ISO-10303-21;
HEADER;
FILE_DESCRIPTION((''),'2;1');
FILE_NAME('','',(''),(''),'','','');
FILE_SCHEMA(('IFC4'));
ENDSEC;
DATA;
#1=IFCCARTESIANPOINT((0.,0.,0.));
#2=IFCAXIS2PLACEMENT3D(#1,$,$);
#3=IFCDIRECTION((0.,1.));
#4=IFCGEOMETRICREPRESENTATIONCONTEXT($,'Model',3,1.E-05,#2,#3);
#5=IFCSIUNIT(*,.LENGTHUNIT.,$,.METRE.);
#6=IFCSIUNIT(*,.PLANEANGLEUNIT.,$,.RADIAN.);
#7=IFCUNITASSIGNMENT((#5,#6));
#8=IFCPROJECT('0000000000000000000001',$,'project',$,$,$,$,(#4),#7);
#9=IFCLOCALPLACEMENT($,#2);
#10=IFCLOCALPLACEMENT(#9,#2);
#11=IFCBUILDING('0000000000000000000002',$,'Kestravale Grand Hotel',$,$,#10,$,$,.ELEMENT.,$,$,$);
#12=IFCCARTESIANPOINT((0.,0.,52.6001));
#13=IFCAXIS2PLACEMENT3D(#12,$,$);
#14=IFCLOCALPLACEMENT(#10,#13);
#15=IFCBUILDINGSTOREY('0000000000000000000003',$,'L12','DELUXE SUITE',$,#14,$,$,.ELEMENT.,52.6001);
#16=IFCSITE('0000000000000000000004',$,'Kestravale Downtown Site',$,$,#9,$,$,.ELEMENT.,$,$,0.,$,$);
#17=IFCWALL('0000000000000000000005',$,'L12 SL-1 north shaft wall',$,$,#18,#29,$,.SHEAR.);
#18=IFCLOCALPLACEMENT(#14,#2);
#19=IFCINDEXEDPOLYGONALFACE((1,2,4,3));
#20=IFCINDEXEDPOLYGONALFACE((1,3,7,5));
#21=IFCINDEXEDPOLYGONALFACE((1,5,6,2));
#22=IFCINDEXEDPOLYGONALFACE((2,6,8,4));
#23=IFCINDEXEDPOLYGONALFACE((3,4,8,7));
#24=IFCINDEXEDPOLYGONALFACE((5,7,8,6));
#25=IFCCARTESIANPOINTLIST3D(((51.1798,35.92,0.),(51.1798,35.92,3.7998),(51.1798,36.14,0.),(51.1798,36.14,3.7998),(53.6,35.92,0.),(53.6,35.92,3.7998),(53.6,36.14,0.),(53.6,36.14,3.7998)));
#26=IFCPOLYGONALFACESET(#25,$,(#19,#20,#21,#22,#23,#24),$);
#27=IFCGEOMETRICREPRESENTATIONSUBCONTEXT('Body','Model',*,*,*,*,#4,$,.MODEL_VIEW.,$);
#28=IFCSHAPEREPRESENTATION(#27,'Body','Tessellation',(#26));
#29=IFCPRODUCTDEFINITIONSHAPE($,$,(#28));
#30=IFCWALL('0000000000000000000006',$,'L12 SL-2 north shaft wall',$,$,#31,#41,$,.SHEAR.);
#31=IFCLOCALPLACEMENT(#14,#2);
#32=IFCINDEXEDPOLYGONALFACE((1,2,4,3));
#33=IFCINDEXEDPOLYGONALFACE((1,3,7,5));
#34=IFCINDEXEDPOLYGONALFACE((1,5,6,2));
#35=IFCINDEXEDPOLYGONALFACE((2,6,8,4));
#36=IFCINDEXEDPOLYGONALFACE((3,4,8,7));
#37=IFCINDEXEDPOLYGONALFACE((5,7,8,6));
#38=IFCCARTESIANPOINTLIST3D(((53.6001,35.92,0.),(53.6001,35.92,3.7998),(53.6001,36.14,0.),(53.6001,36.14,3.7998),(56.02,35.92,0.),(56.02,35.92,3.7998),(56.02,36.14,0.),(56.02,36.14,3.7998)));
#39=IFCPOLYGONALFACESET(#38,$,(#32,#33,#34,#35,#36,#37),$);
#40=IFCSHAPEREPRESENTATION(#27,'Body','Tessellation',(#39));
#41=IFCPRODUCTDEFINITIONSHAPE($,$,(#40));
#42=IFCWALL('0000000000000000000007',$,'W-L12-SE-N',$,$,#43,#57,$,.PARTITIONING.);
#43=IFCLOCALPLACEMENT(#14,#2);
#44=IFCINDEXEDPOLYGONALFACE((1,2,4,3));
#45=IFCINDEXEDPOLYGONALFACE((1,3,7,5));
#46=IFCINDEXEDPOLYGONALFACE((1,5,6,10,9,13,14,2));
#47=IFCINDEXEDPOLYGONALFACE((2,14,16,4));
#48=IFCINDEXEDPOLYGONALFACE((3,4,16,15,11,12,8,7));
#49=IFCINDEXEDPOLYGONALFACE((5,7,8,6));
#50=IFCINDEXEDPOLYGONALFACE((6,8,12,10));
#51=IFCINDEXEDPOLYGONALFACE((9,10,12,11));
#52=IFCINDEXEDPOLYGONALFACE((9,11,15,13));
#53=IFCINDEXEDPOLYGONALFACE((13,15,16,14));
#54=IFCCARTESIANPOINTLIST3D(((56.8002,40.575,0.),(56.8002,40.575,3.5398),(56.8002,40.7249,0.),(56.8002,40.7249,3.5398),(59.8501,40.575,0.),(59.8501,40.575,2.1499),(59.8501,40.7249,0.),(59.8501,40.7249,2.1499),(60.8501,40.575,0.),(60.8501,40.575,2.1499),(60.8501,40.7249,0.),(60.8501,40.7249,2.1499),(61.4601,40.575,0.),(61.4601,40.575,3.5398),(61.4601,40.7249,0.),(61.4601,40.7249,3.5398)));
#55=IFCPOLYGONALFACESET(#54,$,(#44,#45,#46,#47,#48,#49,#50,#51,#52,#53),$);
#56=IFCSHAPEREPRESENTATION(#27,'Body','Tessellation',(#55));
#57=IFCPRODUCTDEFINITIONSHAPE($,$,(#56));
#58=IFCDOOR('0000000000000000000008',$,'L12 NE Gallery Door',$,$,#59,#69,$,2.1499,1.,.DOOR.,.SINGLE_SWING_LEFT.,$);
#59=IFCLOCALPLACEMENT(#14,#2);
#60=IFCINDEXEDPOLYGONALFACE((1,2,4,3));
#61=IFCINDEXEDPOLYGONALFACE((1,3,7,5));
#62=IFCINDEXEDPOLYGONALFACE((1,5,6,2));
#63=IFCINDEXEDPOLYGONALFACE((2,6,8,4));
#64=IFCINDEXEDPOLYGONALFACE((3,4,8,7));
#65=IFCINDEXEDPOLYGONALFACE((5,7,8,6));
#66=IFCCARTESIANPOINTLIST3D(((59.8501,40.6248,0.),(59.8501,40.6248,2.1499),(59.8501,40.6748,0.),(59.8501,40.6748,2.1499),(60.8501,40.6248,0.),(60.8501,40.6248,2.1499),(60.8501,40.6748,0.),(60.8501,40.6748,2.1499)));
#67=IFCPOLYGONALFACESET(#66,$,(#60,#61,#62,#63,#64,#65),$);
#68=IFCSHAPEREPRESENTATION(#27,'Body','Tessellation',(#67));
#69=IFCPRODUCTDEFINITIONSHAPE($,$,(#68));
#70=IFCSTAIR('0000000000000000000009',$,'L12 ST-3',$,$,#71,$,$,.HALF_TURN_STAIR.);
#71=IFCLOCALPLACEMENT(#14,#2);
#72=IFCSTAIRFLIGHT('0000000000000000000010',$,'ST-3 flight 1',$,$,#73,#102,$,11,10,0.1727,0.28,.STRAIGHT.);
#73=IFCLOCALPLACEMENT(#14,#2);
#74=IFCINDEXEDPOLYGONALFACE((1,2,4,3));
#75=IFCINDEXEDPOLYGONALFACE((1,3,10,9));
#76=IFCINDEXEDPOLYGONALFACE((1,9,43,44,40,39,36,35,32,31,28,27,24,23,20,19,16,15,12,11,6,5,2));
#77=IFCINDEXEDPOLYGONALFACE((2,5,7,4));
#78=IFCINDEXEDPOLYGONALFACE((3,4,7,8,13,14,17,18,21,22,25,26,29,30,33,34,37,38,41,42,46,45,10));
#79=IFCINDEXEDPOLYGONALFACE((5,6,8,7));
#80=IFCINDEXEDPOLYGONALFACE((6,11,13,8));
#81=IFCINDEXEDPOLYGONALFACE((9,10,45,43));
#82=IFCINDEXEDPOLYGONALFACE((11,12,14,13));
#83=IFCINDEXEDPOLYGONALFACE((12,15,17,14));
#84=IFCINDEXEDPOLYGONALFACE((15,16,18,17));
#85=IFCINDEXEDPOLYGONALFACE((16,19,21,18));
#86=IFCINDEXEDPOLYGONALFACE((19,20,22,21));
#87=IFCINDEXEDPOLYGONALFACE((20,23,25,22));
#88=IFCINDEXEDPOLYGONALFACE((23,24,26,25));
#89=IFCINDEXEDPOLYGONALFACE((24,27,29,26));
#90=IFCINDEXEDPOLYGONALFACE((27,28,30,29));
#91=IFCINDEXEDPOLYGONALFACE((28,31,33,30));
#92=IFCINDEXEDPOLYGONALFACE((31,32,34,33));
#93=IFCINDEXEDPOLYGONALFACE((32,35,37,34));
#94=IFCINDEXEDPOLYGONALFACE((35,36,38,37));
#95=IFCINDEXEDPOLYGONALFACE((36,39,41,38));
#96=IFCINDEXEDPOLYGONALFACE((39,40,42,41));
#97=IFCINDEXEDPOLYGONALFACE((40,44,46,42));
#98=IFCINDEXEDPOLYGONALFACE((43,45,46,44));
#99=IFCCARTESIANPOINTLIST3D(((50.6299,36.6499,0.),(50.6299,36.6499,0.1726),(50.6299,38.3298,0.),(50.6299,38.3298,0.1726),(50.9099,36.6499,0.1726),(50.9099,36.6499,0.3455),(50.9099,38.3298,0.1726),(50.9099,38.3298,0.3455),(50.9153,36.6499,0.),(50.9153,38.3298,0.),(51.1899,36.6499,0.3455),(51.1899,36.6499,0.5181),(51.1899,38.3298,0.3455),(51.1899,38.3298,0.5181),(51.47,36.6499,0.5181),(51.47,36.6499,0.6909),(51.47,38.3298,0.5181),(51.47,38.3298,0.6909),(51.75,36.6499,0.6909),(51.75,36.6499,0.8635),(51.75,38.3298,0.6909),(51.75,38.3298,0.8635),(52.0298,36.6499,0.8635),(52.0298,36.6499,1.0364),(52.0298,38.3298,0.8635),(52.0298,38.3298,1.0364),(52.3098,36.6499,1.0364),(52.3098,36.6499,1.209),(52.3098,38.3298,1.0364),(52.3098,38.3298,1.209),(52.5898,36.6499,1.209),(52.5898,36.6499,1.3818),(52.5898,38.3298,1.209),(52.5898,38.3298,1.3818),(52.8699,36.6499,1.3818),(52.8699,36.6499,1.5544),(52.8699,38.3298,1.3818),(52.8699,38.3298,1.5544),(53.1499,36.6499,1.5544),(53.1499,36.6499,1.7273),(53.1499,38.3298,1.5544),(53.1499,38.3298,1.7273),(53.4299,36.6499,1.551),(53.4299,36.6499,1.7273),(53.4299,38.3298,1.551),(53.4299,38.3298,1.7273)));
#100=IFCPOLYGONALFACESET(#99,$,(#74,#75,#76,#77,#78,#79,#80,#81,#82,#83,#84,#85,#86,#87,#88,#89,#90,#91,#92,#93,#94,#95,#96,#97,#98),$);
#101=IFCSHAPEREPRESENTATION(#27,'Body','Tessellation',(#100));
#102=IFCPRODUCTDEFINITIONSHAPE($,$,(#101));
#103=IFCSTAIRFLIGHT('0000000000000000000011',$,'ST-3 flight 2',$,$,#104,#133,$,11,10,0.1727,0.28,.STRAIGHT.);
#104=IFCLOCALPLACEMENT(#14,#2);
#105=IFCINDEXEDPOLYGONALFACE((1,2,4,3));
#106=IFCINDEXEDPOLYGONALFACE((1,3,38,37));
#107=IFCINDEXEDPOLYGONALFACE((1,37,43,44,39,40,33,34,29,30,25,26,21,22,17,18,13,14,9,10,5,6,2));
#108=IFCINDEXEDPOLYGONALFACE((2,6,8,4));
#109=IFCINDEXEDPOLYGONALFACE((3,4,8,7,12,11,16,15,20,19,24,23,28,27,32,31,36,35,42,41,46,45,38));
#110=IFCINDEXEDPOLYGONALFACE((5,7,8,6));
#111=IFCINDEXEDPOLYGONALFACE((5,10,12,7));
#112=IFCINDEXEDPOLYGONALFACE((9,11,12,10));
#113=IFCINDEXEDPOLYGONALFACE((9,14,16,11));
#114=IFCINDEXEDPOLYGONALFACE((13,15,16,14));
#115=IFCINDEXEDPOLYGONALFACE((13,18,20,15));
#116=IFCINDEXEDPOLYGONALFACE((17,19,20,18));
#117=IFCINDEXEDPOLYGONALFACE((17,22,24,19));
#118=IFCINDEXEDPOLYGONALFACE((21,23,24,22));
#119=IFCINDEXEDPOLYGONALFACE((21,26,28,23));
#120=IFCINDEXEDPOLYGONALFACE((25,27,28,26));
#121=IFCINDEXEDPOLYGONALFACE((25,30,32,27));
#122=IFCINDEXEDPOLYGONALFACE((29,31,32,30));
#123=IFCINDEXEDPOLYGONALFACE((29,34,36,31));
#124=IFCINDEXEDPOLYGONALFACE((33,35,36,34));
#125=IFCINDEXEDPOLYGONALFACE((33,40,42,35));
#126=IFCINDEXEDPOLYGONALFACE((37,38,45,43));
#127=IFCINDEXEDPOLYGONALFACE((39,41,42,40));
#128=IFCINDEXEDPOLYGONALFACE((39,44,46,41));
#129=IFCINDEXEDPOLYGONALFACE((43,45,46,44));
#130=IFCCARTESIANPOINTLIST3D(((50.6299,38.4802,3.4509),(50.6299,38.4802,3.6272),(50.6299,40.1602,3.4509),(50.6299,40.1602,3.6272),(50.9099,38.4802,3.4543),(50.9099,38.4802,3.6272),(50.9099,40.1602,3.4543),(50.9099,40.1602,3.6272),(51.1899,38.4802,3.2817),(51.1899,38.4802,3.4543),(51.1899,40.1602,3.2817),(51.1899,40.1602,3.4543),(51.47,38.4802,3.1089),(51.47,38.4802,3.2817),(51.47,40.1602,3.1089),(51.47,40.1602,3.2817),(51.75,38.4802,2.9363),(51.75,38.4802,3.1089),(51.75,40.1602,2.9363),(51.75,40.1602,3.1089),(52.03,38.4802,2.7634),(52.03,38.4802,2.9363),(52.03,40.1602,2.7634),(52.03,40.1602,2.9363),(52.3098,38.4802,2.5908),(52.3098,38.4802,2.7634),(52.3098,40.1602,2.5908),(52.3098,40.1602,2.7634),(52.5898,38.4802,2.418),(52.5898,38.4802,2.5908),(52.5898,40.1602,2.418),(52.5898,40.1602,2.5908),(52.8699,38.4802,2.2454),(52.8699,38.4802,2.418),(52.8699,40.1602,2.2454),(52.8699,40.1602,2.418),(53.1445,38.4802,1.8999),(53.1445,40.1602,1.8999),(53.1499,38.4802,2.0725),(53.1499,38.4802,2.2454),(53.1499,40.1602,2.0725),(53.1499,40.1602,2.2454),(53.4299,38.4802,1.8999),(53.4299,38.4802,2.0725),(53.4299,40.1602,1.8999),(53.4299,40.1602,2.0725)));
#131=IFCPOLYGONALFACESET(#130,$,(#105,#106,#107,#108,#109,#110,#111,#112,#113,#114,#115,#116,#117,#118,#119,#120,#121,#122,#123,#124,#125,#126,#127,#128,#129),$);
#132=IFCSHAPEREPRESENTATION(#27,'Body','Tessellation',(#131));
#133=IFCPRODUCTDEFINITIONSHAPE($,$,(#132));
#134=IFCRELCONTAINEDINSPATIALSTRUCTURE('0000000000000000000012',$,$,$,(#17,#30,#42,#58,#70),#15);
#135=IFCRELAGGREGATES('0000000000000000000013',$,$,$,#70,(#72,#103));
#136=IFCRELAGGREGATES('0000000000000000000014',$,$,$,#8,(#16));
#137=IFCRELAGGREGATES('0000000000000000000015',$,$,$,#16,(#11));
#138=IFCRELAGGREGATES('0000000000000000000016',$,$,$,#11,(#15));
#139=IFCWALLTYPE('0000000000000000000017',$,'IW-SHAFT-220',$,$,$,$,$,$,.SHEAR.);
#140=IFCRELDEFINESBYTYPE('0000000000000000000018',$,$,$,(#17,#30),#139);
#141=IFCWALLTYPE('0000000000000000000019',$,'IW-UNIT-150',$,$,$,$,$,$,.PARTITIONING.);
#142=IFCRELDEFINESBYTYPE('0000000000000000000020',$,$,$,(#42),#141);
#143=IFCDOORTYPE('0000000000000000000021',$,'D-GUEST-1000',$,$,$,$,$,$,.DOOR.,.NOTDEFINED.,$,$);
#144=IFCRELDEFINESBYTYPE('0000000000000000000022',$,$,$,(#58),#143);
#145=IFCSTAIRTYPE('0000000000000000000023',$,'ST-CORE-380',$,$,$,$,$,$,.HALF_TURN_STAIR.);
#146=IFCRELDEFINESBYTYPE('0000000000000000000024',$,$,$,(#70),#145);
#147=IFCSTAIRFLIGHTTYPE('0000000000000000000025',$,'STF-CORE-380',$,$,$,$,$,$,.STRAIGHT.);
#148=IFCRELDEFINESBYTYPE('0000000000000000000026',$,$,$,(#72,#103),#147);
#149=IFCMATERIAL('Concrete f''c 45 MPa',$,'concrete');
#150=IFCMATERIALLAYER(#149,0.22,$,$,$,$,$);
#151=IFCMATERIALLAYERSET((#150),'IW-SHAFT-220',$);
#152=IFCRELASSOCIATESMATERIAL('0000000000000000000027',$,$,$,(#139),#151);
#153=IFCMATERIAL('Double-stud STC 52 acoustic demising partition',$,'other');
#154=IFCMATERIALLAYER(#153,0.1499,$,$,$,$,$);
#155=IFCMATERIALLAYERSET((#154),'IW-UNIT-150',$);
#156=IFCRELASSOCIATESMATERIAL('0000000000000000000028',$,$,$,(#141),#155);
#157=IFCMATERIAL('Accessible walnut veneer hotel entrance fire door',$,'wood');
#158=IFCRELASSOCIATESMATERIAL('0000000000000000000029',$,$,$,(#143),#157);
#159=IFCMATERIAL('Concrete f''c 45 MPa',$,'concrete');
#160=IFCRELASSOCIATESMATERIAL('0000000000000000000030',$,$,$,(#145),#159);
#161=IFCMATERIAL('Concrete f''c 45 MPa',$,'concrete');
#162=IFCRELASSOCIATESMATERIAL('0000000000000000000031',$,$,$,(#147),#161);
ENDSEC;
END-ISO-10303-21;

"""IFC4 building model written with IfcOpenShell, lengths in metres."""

from ifc_helpers import new_model, si_unit, direction, frame, frame_2d, origin, place, context, subcontext, project, spatial, polyline, rectangle, outline, extrude, material, layer, layer_set, type_object, element, fill, aggregate, save


model = new_model("IFC4")

# Units and contexts
model_context = context("Model", 3, precision=1e-05, world=origin(), true_north=direction((0.0, 1.0)))
body_context = subcontext(model_context, "Body", "Model", "MODEL_VIEW")
ifc_project = project(units=[si_unit("LENGTHUNIT", "METRE"), si_unit("PLANEANGLEUNIT", "RADIAN")], contexts=[model_context])

# Site, building, storey
site_placement = place(None, origin())
site = spatial("IfcSite", under=ifc_project, at=site_placement, Name="Kestravale Downtown Site", CompositionType="ELEMENT", RefElevation=0.0)
building_placement = place(site_placement, origin())
building = spatial("IfcBuilding", under=site, at=building_placement, Name="Kestravale Grand Hotel", CompositionType="ELEMENT")
storey_placement = place(building_placement, frame((0.0, 0.0, 52.6001)))
storey = spatial("IfcBuildingStorey", under=building, at=storey_placement, Name="L12", Description="DELUXE SUITE", CompositionType="ELEMENT", Elevation=52.6001)

# Wall
ifc_material_1 = material(Name="Concrete f'c 45 MPa", Category="concrete")
ifc_layer_1 = layer(ifc_material_1, 0.22)
ifc_layer_set_1 = layer_set([ifc_layer_1], Name="IW-SHAFT-220")
wall_type_1 = type_object("IfcWallType", Name="IW-SHAFT-220", PredefinedType="SHEAR", material=ifc_layer_set_1)
wall_1_placement = place(storey_placement, frame((51.1799, 36.03, 0.0), z_axis=(0.0, 0.0, 1.0), x_axis=(1.0, 0.0, 0.0)))
element("IfcWall", 1, at=wall_1_placement, inside=storey, type_object=wall_type_1, Name="L12 SL-1 north shaft wall", PredefinedType="SHEAR", context=body_context, shape_type="SweptSolid", body=[
    extrude(rectangle(XDim=2.4202, YDim=0.22, at=frame_2d((1.21, 0.0))), origin(), (0.0, 0.0, 1.0), 3.7998),
])

# Wall
wall_2_placement = place(storey_placement, frame((53.6001, 36.03, 0.0), z_axis=(0.0, 0.0, 1.0), x_axis=(1.0, 0.0, 0.0)))
element("IfcWall", 2, at=wall_2_placement, inside=storey, type_object=wall_type_1, Name="L12 SL-2 north shaft wall", PredefinedType="SHEAR", context=body_context, shape_type="SweptSolid", body=[
    extrude(rectangle(XDim=2.4199, YDim=0.22, at=frame_2d((1.21, 0.0))), origin(), (0.0, 0.0, 1.0), 3.7998),
])

# Wall, opening, door
ifc_material_2 = material(Name="Double-stud STC 52 acoustic demising partition", Category="other")
ifc_layer_2 = layer(ifc_material_2, 0.1499)
ifc_layer_set_2 = layer_set([ifc_layer_2], Name="IW-UNIT-150")
wall_type_2 = type_object("IfcWallType", Name="IW-UNIT-150", PredefinedType="PARTITIONING", material=ifc_layer_set_2)
wall_3_placement = place(storey_placement, frame((56.8, 40.6499, 0.0), z_axis=(0.0, 0.0, 1.0), x_axis=(1.0, 0.0, 0.0)))
wall_3 = element("IfcWall", 3, at=wall_3_placement, inside=storey, type_object=wall_type_2, Name="W-L12-SE-N", PredefinedType="PARTITIONING", context=body_context, shape_type="SweptSolid", body=[
    extrude(rectangle(XDim=4.6599, YDim=0.1499, at=frame_2d((2.3301, 0.0))), origin(), (0.0, 0.0, 1.0), 3.5398),
])
opening_1_placement = place(wall_3_placement, frame((3.05, 0.0, 0.0)))
opening_1 = element("IfcOpeningElement", 4, at=opening_1_placement, cuts=wall_3, PredefinedType="OPENING", context=body_context, shape_type="SweptSolid", body=[
    extrude(rectangle(XDim=1.0, YDim=2.1499, at=frame_2d((0.5, 1.075))), frame((0.0, 0.085, 0.0), z_axis=(0.0, -1.0, 0.0), x_axis=(1.0, 0.0, 0.0)), (0.0, 0.0, 1.0), 0.1699),
])
ifc_material_3 = material(Name="Accessible walnut veneer hotel entrance fire door", Category="wood")
door_type_1 = type_object("IfcDoorType", Name="D-GUEST-1000", OperationType="NOTDEFINED", PredefinedType="DOOR", material=ifc_material_3)
door_1_placement = place(opening_1_placement, origin())
door_1 = element("IfcDoor", 5, at=door_1_placement, inside=storey, type_object=door_type_1, Name="L12 NE Gallery Door", OperationType="SINGLE_SWING_LEFT", OverallHeight=2.1499, OverallWidth=1.0, PredefinedType="DOOR", context=body_context, shape_type="SweptSolid", body=[
    extrude(rectangle(XDim=1.0, YDim=2.1499, at=frame_2d((0.5, 1.075))), frame((0.0, 0.0249, 0.0), z_axis=(0.0, -1.0, 0.0), x_axis=(1.0, 0.0, 0.0)), (0.0, 0.0, 1.0), 0.05),
])
fill(opening_1, door_1)

# Stair, stair flights
ifc_material_4 = material(Name="Concrete f'c 45 MPa", Category="concrete")
stair_type = type_object("IfcStairType", Name="ST-CORE-380", PredefinedType="HALF_TURN_STAIR", material=ifc_material_4)
stair_placement = place(storey_placement, origin())
stair = element("IfcStair", 6, at=stair_placement, inside=storey, type_object=stair_type, Name="L12 ST-3", PredefinedType="HALF_TURN_STAIR")
ifc_material_5 = material(Name="Concrete f'c 45 MPa", Category="concrete")
stair_flight_type = type_object("IfcStairFlightType", Name="STF-CORE-380", PredefinedType="STRAIGHT", material=ifc_material_5)
stair_flight_1_placement = place(storey_placement, frame((50.6299, 37.49, 0.0), z_axis=(0.0, 0.0, 1.0), x_axis=(1.0, 0.0, 0.0)))
stair_flight_1 = element("IfcStairFlight", 7, at=stair_flight_1_placement, type_object=stair_flight_type, Name="ST-3 flight 1", NumberOfRisers=11, NumberOfTreads=10, PredefinedType="STRAIGHT", RiserHeight=0.1727, TreadLength=0.28, context=body_context, shape_type="SweptSolid", body=[
    extrude(outline(polyline([(0.0, 0.0), (0.0, 0.1726), (0.28, 0.1726), (0.28, 0.3455), (0.5601, 0.3455), (0.5601, 0.5181), (0.8401, 0.5181), (0.8401, 0.6909), (1.1201, 0.6909), (1.1201, 0.8635), (1.3999, 0.8635), (1.3999, 1.0364), (1.6799, 1.0364), (1.6799, 1.209), (1.96, 1.209), (1.96, 1.3818), (2.24, 1.3818), (2.24, 1.5544), (2.52, 1.5544), (2.52, 1.7273), (2.8, 1.7273), (2.8, 1.8999), (2.8, 1.551), (0.2854, 0.0), (0.0, 0.0)])), frame((0.0, 0.8398, 0.0), z_axis=(0.0, -1.0, 0.0), x_axis=(1.0, 0.0, 0.0)), (0.0, 0.0, 1.0), 1.6799),
])
stair_flight_2_placement = place(storey_placement, frame((53.4299, 39.3201, 1.8999), z_axis=(0.0, 0.0, 1.0), x_axis=(-1.0, 0.0, 0.0)))
stair_flight_2 = element("IfcStairFlight", 8, at=stair_flight_2_placement, type_object=stair_flight_type, Name="ST-3 flight 2", NumberOfRisers=11, NumberOfTreads=10, PredefinedType="STRAIGHT", RiserHeight=0.1727, TreadLength=0.28, context=body_context, shape_type="SweptSolid", body=[
    extrude(outline(polyline([(0.0, 0.0), (0.0, 0.1726), (0.28, 0.1726), (0.28, 0.3455), (0.5601, 0.3455), (0.5601, 0.5181), (0.8401, 0.5181), (0.8401, 0.6909), (1.1201, 0.6909), (1.1201, 0.8635), (1.3999, 0.8635), (1.3999, 1.0364), (1.6799, 1.0364), (1.6799, 1.209), (1.96, 1.209), (1.96, 1.3818), (2.24, 1.3818), (2.24, 1.5544), (2.52, 1.5544), (2.52, 1.7273), (2.8, 1.7273), (2.8, 1.8999), (2.8, 1.551), (0.2854, 0.0), (0.0, 0.0)])), frame((0.0, 0.8398, 0.0), z_axis=(0.0, -1.0, 0.0), x_axis=(1.0, 0.0, 0.0)), (0.0, 0.0, 1.0), 1.6799),
])
aggregate(stair, [stair_flight_1, stair_flight_2])

save(model, "model.ifc")
